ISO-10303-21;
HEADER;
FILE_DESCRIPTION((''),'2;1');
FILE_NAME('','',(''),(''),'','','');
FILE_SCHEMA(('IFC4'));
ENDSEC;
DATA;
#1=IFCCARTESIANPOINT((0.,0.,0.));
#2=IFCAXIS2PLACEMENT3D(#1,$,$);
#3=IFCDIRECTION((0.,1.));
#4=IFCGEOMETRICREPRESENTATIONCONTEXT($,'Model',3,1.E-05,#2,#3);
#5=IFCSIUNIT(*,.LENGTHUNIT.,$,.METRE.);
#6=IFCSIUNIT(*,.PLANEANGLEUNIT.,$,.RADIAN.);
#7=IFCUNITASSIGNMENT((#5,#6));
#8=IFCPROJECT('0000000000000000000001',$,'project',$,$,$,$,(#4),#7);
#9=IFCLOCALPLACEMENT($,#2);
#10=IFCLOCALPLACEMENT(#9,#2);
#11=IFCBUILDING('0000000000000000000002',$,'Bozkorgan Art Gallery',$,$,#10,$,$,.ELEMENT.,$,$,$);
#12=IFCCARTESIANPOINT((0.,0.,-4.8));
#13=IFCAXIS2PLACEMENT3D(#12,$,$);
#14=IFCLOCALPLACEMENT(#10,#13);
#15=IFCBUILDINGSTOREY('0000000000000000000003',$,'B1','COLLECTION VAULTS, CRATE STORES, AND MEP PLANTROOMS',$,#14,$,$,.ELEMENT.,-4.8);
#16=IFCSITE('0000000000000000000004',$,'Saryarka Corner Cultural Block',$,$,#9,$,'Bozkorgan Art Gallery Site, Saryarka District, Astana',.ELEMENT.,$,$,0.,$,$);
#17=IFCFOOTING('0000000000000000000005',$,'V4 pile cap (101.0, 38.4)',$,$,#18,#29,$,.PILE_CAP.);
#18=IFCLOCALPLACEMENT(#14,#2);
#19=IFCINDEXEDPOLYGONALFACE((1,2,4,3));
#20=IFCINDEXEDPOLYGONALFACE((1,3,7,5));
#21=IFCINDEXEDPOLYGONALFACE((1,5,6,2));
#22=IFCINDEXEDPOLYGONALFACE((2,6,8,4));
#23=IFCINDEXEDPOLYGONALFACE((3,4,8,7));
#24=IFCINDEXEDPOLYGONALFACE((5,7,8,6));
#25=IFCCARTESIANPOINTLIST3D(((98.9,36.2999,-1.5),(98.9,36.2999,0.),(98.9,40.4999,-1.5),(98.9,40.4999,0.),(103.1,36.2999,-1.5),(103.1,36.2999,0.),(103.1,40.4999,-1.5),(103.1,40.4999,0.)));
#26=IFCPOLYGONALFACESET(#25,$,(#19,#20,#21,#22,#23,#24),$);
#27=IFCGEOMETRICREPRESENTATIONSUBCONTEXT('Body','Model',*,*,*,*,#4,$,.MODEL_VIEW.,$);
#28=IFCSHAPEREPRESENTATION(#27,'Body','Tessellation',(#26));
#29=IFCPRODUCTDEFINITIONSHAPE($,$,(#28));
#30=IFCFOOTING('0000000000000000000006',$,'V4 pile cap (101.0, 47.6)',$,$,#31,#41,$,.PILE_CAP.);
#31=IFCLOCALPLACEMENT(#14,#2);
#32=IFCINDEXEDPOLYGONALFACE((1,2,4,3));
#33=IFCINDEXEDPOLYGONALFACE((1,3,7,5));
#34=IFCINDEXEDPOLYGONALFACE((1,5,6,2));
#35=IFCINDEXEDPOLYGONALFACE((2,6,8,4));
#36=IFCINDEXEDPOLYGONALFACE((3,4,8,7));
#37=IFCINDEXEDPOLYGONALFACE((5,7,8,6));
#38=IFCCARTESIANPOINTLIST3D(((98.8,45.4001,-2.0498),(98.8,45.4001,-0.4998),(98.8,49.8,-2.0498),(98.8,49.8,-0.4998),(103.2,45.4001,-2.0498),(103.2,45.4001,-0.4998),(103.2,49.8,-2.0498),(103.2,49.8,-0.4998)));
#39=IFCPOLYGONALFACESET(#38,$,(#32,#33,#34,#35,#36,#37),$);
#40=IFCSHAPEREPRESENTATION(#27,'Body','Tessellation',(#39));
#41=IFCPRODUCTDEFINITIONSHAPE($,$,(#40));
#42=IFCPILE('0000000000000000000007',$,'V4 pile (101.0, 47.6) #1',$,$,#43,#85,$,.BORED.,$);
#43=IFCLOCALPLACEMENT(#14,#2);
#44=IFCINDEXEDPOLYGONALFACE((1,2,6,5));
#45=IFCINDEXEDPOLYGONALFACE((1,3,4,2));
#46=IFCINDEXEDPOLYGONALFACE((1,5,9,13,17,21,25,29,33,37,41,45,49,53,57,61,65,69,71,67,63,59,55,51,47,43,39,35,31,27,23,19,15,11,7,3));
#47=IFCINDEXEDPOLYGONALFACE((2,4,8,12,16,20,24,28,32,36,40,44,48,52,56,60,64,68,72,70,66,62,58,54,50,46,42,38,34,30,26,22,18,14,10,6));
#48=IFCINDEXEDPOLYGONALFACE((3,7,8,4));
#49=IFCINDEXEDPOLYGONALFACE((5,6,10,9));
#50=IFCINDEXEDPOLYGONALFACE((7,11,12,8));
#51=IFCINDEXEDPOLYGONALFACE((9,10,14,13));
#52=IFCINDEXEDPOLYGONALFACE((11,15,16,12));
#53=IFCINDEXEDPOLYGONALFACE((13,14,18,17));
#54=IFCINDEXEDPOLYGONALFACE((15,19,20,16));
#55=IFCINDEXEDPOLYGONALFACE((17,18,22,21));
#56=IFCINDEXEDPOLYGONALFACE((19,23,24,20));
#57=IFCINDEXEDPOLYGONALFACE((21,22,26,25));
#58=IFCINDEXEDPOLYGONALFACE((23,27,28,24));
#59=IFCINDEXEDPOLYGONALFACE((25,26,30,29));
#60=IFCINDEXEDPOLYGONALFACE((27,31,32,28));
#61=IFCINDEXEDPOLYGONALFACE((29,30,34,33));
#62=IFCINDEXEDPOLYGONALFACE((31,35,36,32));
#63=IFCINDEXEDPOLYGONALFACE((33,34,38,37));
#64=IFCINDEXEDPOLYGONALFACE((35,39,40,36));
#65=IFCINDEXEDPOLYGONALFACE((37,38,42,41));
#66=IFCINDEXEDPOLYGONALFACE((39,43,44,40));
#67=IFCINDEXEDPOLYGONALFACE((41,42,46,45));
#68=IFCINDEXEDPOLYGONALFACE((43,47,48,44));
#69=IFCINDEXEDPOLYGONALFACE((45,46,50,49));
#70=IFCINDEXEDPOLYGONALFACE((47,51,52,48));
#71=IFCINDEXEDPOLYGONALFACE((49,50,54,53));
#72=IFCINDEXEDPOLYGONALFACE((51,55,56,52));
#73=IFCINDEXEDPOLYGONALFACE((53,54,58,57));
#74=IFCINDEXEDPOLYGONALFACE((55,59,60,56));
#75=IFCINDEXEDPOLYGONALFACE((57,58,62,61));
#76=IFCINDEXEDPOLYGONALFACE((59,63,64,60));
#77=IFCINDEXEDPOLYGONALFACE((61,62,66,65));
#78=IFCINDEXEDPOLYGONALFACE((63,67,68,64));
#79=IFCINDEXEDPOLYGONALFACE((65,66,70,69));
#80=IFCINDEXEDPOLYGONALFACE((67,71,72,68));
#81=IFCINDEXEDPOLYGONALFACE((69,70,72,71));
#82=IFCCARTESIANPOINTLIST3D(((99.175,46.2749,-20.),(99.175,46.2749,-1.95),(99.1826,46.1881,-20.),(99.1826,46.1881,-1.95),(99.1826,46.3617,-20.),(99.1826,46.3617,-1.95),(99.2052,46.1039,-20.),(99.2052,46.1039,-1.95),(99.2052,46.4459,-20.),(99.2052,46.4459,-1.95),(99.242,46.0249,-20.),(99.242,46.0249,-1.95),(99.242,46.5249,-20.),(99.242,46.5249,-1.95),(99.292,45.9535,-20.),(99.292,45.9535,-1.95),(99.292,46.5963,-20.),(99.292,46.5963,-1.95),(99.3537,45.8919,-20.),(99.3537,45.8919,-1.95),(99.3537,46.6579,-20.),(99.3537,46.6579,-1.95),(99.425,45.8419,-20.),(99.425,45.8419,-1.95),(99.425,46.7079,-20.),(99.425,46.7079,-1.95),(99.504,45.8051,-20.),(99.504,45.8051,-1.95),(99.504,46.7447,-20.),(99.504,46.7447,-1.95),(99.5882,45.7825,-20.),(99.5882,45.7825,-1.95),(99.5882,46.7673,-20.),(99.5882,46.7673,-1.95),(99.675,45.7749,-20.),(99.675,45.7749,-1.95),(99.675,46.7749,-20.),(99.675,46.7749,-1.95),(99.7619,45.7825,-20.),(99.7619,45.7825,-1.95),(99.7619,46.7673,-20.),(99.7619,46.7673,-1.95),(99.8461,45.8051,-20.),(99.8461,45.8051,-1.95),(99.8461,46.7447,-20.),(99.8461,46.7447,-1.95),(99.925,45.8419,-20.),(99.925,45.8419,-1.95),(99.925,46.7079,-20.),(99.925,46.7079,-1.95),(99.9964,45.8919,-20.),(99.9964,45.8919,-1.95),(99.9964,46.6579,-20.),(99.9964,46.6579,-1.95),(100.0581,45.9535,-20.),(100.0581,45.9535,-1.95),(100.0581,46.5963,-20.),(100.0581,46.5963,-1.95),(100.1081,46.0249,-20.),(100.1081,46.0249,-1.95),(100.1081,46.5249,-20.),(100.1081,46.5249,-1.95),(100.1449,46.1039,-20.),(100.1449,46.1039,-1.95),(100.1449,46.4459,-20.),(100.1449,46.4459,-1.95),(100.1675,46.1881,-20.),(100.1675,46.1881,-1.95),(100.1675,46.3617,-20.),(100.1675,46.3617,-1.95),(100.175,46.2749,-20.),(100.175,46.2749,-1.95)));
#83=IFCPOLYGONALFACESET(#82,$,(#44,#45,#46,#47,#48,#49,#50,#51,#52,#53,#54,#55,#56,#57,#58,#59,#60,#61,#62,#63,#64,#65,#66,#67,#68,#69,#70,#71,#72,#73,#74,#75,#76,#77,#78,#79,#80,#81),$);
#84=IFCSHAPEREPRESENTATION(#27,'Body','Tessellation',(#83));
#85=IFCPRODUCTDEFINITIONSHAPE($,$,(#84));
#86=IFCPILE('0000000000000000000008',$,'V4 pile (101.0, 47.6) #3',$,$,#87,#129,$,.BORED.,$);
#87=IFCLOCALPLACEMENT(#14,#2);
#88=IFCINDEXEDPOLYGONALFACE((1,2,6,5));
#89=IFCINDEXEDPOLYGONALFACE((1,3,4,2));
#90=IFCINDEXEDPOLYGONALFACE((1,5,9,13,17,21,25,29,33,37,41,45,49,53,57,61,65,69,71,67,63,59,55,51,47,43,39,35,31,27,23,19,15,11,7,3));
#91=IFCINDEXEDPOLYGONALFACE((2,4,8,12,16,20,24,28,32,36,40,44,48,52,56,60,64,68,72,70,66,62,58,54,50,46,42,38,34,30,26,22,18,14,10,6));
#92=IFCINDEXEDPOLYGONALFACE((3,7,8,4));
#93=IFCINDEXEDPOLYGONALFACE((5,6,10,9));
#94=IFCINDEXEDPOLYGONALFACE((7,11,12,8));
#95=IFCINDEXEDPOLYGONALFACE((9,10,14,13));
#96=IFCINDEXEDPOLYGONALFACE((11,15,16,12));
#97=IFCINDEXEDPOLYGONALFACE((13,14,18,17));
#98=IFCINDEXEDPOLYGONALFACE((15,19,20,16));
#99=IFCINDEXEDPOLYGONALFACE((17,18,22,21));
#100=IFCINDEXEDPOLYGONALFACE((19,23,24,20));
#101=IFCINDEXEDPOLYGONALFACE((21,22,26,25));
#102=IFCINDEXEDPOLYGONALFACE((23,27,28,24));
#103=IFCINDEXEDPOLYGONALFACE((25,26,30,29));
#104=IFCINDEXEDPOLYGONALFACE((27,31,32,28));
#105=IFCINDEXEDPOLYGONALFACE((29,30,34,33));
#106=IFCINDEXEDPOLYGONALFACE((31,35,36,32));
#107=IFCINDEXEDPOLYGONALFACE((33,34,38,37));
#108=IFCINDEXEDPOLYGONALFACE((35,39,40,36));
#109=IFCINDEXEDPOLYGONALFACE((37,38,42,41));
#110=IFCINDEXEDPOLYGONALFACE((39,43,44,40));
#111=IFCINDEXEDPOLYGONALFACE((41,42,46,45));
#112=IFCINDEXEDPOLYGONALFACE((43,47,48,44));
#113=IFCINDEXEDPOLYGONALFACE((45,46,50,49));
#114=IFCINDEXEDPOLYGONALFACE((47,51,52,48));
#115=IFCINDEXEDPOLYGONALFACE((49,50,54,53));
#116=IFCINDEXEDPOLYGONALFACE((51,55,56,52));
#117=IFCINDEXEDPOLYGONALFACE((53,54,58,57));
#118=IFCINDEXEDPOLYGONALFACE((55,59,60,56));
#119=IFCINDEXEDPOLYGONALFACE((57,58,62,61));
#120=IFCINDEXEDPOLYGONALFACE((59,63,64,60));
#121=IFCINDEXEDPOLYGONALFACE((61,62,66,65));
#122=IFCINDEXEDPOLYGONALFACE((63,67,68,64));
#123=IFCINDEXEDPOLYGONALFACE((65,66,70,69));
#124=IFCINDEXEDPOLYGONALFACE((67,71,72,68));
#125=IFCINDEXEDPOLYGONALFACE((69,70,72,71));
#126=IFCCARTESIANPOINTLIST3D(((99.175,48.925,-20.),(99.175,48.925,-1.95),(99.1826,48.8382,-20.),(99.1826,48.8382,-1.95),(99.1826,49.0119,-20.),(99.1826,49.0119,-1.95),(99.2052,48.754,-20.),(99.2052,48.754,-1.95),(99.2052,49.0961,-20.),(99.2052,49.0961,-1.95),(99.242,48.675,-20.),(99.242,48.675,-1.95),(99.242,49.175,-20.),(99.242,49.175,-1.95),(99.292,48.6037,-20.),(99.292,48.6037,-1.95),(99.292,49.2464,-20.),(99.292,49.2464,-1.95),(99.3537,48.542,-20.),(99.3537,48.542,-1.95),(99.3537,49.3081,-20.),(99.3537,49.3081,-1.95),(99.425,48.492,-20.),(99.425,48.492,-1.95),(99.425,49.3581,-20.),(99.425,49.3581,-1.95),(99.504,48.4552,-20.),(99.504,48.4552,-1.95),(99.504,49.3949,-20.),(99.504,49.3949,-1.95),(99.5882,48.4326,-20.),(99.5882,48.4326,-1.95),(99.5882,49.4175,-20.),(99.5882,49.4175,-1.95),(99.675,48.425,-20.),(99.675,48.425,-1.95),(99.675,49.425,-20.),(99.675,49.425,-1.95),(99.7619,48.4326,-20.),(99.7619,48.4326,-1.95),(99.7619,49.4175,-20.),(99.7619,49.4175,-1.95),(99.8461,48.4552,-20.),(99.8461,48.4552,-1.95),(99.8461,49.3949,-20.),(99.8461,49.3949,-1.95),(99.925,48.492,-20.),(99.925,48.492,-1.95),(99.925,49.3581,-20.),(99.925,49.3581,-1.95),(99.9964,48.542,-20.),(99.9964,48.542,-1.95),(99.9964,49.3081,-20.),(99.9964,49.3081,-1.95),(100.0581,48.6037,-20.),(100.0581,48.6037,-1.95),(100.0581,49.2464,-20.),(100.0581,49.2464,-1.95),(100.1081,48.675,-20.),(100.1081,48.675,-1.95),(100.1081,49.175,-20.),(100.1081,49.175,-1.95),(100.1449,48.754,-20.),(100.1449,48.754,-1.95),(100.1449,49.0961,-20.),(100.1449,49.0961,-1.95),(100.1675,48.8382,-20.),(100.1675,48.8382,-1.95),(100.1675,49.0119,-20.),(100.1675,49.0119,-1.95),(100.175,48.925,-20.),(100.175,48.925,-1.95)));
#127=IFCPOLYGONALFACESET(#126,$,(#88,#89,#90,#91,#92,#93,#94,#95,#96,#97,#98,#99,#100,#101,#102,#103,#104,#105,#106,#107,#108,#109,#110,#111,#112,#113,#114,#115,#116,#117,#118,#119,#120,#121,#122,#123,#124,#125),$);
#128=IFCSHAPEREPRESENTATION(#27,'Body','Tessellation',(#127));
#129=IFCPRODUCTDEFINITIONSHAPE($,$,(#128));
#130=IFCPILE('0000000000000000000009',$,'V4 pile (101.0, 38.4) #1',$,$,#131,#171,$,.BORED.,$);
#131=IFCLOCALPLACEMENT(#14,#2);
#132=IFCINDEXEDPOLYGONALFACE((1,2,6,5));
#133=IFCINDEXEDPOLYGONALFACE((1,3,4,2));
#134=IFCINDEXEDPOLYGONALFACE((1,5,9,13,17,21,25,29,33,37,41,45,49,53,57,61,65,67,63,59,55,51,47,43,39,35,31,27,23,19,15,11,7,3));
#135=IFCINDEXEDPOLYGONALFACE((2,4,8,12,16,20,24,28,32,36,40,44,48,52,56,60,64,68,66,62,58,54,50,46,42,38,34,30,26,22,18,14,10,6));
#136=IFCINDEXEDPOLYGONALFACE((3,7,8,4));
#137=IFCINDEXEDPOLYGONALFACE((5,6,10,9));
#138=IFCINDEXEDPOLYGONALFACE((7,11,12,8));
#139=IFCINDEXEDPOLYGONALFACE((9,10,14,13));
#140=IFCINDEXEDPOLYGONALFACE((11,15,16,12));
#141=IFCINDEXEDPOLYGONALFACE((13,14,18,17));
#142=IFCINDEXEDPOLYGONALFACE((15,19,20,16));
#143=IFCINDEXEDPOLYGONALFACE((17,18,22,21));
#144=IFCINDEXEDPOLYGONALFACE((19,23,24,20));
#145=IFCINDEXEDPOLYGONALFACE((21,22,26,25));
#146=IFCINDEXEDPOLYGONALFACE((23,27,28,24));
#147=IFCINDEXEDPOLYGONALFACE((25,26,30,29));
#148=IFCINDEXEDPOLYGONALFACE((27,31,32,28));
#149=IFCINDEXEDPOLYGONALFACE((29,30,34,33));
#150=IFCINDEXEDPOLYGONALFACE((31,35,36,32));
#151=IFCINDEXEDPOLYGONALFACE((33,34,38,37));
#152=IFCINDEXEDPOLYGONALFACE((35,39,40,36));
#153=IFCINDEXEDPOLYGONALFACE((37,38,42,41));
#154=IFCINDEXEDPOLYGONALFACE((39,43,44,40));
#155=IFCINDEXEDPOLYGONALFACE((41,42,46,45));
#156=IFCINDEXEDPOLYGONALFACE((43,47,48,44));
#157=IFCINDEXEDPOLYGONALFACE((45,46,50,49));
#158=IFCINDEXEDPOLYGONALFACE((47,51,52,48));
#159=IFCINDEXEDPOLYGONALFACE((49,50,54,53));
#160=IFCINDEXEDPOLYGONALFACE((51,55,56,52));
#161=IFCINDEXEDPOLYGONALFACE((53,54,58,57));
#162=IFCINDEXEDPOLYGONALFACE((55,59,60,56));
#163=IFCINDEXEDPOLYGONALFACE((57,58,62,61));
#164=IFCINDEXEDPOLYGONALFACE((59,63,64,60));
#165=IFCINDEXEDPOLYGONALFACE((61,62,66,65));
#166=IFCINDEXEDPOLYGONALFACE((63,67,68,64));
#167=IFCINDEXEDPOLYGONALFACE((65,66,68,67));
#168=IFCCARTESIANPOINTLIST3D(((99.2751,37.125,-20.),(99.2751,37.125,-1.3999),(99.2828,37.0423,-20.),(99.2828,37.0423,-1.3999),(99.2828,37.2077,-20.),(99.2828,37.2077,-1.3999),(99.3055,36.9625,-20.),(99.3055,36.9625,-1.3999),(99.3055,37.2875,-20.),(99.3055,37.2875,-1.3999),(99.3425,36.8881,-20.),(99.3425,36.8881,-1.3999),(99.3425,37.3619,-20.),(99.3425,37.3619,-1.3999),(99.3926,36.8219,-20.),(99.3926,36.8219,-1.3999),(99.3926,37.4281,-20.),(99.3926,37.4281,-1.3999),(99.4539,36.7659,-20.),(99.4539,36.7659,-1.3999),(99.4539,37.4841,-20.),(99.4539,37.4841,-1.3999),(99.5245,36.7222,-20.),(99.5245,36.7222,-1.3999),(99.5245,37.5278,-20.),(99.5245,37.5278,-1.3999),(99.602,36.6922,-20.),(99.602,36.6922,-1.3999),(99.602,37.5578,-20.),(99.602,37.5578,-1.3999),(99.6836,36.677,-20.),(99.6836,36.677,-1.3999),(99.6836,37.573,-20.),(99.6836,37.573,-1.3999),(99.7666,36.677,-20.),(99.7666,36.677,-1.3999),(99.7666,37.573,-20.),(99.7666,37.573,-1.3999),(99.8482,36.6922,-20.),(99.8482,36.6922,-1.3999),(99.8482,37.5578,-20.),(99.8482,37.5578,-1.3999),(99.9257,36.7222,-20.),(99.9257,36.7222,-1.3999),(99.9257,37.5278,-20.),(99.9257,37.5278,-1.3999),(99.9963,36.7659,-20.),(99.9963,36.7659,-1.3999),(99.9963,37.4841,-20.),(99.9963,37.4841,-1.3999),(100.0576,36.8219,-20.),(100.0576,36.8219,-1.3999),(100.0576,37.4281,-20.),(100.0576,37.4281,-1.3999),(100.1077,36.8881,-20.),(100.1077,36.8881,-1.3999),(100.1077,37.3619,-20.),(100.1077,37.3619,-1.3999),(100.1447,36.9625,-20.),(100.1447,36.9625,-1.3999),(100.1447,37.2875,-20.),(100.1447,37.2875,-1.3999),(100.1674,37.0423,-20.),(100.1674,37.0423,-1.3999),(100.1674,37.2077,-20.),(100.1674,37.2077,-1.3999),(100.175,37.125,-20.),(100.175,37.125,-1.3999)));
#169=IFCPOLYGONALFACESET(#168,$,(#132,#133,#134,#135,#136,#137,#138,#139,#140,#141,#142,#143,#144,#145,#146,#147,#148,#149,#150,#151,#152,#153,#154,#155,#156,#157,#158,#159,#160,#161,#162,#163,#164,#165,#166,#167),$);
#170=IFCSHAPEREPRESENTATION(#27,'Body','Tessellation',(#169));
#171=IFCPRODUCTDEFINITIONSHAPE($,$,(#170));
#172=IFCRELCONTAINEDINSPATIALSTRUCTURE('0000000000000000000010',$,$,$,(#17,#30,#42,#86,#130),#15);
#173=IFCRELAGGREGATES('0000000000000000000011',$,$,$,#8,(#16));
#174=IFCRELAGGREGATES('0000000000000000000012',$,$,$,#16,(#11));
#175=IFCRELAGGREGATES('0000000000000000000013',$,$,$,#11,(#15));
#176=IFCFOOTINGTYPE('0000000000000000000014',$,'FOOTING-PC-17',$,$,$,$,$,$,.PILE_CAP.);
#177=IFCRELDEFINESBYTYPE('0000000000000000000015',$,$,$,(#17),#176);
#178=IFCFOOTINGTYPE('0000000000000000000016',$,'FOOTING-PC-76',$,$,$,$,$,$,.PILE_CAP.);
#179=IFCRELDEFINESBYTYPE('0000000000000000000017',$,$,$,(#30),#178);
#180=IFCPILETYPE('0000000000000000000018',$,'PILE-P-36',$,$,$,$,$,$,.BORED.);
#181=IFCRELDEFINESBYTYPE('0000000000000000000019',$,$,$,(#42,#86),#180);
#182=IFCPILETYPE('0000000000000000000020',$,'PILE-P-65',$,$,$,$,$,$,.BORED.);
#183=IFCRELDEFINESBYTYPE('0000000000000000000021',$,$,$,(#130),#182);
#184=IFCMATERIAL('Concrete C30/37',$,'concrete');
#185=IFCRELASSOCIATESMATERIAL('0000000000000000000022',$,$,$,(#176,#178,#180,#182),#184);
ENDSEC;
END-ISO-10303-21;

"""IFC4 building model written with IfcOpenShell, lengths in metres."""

from ifc_helpers import new_model, si_unit, direction, frame, origin, origin_2d, place, context, subcontext, project, spatial, rectangle, circle, extrude, material, material_profile, profile_set, type_object, element, save


model = new_model("IFC4")

# Units and contexts
model_context = context("Model", 3, precision=1e-05, world=origin(), true_north=direction((0.0, 1.0)))
body_context = subcontext(model_context, "Body", "Model", "MODEL_VIEW")
ifc_project = project(units=[si_unit("LENGTHUNIT", "METRE"), si_unit("PLANEANGLEUNIT", "RADIAN")], contexts=[model_context])

# Site, building, storey
site_placement = place(None, origin())
site = spatial("IfcSite", under=ifc_project, at=site_placement, Name="Saryarka Corner Cultural Block", LongName="Bozkorgan Art Gallery Site, Saryarka District, Astana", CompositionType="ELEMENT", RefElevation=0.0)
building_placement = place(site_placement, origin())
building = spatial("IfcBuilding", under=site, at=building_placement, Name="Bozkorgan Art Gallery", CompositionType="ELEMENT")
storey_placement = place(building_placement, frame((0.0, 0.0, -4.8)))
storey = spatial("IfcBuildingStorey", under=building, at=storey_placement, Name="B1", Description="COLLECTION VAULTS, CRATE STORES, AND MEP PLANTROOMS", CompositionType="ELEMENT", Elevation=-4.8)

# Footings
ifc_material_1 = material(Name="Concrete C30/37", Category="concrete")
footing_type_1 = type_object("IfcFootingType", Name="FOOTING-PC-17", PredefinedType="PILE_CAP", material=ifc_material_1)
footing_1_placement = place(storey_placement, frame((101.0, 38.3999, -1.5), z_axis=(0.0, 0.0, 1.0), x_axis=(1.0, 0.0, 0.0)))
element("IfcFooting", 1, at=footing_1_placement, inside=storey, type_object=footing_type_1, Name="V4 pile cap (101.0, 38.4)", PredefinedType="PILE_CAP", context=body_context, shape_type="SweptSolid", body=[
    extrude(rectangle(XDim=4.2, YDim=4.2, at=origin_2d()), origin(), (0.0, 0.0, 1.0), 1.5),
])
footing_type_2 = type_object("IfcFootingType", Name="FOOTING-PC-76", PredefinedType="PILE_CAP", material=ifc_material_1)
footing_2_placement = place(storey_placement, frame((101.0, 47.6001, -2.0498), z_axis=(0.0, 0.0, 1.0), x_axis=(1.0, 0.0, 0.0)))
element("IfcFooting", 2, at=footing_2_placement, inside=storey, type_object=footing_type_2, Name="V4 pile cap (101.0, 47.6)", PredefinedType="PILE_CAP", context=body_context, shape_type="SweptSolid", body=[
    extrude(rectangle(XDim=4.3999, YDim=4.3999, at=origin_2d()), origin(), (0.0, 0.0, 1.0), 1.55),
])

# Piles
ifc_material_profile_1 = material_profile(ifc_material_1, circle(Radius=0.5, at=origin_2d()), Name="PILE D1000")
ifc_profile_set_1 = profile_set([ifc_material_profile_1], Name="Concrete C30/37")
pile_type_1 = type_object("IfcPileType", Name="PILE-P-36", PredefinedType="BORED", material=ifc_profile_set_1)
for number, where, z_axis, x_axis, name in (
    (3, (99.675, 46.2749, -1.95), (0.0, 0.0, -1.0), (1.0, 0.0, 0.0), "V4 pile (101.0, 47.6) #1"),
    (4, (99.675, 48.925, -1.95), (0.0, 0.0, -1.0), (1.0, 0.0, 0.0), "V4 pile (101.0, 47.6) #3"),
):
    element("IfcPile", number, at=place(storey_placement, frame(where, z_axis=z_axis, x_axis=x_axis)), inside=storey, type_object=pile_type_1, Name=name, PredefinedType="BORED", context=body_context, shape_type="SweptSolid", body=[
        extrude(circle(Radius=0.5, at=origin_2d()), origin(), (0.0, 0.0, 1.0), 18.05),
    ])
ifc_material_profile_2 = material_profile(ifc_material_1, circle(Radius=0.45, at=origin_2d()), Name="PILE D900")
ifc_profile_set_2 = profile_set([ifc_material_profile_2], Name="Concrete C30/37")
pile_type_2 = type_object("IfcPileType", Name="PILE-P-65", PredefinedType="BORED", material=ifc_profile_set_2)
for number, where, z_axis, x_axis, name in (
    (5, (99.7251, 37.125, -1.3999), (0.0, 0.0, -1.0), (1.0, 0.0, 0.0), "V4 pile (101.0, 38.4) #1"),
):
    element("IfcPile", number, at=place(storey_placement, frame(where, z_axis=z_axis, x_axis=x_axis)), inside=storey, type_object=pile_type_2, Name=name, PredefinedType="BORED", context=body_context, shape_type="SweptSolid", body=[
        extrude(circle(Radius=0.45, at=origin_2d()), origin(), (0.0, 0.0, 1.0), 18.6001),
    ])

save(model, "model.ifc")
